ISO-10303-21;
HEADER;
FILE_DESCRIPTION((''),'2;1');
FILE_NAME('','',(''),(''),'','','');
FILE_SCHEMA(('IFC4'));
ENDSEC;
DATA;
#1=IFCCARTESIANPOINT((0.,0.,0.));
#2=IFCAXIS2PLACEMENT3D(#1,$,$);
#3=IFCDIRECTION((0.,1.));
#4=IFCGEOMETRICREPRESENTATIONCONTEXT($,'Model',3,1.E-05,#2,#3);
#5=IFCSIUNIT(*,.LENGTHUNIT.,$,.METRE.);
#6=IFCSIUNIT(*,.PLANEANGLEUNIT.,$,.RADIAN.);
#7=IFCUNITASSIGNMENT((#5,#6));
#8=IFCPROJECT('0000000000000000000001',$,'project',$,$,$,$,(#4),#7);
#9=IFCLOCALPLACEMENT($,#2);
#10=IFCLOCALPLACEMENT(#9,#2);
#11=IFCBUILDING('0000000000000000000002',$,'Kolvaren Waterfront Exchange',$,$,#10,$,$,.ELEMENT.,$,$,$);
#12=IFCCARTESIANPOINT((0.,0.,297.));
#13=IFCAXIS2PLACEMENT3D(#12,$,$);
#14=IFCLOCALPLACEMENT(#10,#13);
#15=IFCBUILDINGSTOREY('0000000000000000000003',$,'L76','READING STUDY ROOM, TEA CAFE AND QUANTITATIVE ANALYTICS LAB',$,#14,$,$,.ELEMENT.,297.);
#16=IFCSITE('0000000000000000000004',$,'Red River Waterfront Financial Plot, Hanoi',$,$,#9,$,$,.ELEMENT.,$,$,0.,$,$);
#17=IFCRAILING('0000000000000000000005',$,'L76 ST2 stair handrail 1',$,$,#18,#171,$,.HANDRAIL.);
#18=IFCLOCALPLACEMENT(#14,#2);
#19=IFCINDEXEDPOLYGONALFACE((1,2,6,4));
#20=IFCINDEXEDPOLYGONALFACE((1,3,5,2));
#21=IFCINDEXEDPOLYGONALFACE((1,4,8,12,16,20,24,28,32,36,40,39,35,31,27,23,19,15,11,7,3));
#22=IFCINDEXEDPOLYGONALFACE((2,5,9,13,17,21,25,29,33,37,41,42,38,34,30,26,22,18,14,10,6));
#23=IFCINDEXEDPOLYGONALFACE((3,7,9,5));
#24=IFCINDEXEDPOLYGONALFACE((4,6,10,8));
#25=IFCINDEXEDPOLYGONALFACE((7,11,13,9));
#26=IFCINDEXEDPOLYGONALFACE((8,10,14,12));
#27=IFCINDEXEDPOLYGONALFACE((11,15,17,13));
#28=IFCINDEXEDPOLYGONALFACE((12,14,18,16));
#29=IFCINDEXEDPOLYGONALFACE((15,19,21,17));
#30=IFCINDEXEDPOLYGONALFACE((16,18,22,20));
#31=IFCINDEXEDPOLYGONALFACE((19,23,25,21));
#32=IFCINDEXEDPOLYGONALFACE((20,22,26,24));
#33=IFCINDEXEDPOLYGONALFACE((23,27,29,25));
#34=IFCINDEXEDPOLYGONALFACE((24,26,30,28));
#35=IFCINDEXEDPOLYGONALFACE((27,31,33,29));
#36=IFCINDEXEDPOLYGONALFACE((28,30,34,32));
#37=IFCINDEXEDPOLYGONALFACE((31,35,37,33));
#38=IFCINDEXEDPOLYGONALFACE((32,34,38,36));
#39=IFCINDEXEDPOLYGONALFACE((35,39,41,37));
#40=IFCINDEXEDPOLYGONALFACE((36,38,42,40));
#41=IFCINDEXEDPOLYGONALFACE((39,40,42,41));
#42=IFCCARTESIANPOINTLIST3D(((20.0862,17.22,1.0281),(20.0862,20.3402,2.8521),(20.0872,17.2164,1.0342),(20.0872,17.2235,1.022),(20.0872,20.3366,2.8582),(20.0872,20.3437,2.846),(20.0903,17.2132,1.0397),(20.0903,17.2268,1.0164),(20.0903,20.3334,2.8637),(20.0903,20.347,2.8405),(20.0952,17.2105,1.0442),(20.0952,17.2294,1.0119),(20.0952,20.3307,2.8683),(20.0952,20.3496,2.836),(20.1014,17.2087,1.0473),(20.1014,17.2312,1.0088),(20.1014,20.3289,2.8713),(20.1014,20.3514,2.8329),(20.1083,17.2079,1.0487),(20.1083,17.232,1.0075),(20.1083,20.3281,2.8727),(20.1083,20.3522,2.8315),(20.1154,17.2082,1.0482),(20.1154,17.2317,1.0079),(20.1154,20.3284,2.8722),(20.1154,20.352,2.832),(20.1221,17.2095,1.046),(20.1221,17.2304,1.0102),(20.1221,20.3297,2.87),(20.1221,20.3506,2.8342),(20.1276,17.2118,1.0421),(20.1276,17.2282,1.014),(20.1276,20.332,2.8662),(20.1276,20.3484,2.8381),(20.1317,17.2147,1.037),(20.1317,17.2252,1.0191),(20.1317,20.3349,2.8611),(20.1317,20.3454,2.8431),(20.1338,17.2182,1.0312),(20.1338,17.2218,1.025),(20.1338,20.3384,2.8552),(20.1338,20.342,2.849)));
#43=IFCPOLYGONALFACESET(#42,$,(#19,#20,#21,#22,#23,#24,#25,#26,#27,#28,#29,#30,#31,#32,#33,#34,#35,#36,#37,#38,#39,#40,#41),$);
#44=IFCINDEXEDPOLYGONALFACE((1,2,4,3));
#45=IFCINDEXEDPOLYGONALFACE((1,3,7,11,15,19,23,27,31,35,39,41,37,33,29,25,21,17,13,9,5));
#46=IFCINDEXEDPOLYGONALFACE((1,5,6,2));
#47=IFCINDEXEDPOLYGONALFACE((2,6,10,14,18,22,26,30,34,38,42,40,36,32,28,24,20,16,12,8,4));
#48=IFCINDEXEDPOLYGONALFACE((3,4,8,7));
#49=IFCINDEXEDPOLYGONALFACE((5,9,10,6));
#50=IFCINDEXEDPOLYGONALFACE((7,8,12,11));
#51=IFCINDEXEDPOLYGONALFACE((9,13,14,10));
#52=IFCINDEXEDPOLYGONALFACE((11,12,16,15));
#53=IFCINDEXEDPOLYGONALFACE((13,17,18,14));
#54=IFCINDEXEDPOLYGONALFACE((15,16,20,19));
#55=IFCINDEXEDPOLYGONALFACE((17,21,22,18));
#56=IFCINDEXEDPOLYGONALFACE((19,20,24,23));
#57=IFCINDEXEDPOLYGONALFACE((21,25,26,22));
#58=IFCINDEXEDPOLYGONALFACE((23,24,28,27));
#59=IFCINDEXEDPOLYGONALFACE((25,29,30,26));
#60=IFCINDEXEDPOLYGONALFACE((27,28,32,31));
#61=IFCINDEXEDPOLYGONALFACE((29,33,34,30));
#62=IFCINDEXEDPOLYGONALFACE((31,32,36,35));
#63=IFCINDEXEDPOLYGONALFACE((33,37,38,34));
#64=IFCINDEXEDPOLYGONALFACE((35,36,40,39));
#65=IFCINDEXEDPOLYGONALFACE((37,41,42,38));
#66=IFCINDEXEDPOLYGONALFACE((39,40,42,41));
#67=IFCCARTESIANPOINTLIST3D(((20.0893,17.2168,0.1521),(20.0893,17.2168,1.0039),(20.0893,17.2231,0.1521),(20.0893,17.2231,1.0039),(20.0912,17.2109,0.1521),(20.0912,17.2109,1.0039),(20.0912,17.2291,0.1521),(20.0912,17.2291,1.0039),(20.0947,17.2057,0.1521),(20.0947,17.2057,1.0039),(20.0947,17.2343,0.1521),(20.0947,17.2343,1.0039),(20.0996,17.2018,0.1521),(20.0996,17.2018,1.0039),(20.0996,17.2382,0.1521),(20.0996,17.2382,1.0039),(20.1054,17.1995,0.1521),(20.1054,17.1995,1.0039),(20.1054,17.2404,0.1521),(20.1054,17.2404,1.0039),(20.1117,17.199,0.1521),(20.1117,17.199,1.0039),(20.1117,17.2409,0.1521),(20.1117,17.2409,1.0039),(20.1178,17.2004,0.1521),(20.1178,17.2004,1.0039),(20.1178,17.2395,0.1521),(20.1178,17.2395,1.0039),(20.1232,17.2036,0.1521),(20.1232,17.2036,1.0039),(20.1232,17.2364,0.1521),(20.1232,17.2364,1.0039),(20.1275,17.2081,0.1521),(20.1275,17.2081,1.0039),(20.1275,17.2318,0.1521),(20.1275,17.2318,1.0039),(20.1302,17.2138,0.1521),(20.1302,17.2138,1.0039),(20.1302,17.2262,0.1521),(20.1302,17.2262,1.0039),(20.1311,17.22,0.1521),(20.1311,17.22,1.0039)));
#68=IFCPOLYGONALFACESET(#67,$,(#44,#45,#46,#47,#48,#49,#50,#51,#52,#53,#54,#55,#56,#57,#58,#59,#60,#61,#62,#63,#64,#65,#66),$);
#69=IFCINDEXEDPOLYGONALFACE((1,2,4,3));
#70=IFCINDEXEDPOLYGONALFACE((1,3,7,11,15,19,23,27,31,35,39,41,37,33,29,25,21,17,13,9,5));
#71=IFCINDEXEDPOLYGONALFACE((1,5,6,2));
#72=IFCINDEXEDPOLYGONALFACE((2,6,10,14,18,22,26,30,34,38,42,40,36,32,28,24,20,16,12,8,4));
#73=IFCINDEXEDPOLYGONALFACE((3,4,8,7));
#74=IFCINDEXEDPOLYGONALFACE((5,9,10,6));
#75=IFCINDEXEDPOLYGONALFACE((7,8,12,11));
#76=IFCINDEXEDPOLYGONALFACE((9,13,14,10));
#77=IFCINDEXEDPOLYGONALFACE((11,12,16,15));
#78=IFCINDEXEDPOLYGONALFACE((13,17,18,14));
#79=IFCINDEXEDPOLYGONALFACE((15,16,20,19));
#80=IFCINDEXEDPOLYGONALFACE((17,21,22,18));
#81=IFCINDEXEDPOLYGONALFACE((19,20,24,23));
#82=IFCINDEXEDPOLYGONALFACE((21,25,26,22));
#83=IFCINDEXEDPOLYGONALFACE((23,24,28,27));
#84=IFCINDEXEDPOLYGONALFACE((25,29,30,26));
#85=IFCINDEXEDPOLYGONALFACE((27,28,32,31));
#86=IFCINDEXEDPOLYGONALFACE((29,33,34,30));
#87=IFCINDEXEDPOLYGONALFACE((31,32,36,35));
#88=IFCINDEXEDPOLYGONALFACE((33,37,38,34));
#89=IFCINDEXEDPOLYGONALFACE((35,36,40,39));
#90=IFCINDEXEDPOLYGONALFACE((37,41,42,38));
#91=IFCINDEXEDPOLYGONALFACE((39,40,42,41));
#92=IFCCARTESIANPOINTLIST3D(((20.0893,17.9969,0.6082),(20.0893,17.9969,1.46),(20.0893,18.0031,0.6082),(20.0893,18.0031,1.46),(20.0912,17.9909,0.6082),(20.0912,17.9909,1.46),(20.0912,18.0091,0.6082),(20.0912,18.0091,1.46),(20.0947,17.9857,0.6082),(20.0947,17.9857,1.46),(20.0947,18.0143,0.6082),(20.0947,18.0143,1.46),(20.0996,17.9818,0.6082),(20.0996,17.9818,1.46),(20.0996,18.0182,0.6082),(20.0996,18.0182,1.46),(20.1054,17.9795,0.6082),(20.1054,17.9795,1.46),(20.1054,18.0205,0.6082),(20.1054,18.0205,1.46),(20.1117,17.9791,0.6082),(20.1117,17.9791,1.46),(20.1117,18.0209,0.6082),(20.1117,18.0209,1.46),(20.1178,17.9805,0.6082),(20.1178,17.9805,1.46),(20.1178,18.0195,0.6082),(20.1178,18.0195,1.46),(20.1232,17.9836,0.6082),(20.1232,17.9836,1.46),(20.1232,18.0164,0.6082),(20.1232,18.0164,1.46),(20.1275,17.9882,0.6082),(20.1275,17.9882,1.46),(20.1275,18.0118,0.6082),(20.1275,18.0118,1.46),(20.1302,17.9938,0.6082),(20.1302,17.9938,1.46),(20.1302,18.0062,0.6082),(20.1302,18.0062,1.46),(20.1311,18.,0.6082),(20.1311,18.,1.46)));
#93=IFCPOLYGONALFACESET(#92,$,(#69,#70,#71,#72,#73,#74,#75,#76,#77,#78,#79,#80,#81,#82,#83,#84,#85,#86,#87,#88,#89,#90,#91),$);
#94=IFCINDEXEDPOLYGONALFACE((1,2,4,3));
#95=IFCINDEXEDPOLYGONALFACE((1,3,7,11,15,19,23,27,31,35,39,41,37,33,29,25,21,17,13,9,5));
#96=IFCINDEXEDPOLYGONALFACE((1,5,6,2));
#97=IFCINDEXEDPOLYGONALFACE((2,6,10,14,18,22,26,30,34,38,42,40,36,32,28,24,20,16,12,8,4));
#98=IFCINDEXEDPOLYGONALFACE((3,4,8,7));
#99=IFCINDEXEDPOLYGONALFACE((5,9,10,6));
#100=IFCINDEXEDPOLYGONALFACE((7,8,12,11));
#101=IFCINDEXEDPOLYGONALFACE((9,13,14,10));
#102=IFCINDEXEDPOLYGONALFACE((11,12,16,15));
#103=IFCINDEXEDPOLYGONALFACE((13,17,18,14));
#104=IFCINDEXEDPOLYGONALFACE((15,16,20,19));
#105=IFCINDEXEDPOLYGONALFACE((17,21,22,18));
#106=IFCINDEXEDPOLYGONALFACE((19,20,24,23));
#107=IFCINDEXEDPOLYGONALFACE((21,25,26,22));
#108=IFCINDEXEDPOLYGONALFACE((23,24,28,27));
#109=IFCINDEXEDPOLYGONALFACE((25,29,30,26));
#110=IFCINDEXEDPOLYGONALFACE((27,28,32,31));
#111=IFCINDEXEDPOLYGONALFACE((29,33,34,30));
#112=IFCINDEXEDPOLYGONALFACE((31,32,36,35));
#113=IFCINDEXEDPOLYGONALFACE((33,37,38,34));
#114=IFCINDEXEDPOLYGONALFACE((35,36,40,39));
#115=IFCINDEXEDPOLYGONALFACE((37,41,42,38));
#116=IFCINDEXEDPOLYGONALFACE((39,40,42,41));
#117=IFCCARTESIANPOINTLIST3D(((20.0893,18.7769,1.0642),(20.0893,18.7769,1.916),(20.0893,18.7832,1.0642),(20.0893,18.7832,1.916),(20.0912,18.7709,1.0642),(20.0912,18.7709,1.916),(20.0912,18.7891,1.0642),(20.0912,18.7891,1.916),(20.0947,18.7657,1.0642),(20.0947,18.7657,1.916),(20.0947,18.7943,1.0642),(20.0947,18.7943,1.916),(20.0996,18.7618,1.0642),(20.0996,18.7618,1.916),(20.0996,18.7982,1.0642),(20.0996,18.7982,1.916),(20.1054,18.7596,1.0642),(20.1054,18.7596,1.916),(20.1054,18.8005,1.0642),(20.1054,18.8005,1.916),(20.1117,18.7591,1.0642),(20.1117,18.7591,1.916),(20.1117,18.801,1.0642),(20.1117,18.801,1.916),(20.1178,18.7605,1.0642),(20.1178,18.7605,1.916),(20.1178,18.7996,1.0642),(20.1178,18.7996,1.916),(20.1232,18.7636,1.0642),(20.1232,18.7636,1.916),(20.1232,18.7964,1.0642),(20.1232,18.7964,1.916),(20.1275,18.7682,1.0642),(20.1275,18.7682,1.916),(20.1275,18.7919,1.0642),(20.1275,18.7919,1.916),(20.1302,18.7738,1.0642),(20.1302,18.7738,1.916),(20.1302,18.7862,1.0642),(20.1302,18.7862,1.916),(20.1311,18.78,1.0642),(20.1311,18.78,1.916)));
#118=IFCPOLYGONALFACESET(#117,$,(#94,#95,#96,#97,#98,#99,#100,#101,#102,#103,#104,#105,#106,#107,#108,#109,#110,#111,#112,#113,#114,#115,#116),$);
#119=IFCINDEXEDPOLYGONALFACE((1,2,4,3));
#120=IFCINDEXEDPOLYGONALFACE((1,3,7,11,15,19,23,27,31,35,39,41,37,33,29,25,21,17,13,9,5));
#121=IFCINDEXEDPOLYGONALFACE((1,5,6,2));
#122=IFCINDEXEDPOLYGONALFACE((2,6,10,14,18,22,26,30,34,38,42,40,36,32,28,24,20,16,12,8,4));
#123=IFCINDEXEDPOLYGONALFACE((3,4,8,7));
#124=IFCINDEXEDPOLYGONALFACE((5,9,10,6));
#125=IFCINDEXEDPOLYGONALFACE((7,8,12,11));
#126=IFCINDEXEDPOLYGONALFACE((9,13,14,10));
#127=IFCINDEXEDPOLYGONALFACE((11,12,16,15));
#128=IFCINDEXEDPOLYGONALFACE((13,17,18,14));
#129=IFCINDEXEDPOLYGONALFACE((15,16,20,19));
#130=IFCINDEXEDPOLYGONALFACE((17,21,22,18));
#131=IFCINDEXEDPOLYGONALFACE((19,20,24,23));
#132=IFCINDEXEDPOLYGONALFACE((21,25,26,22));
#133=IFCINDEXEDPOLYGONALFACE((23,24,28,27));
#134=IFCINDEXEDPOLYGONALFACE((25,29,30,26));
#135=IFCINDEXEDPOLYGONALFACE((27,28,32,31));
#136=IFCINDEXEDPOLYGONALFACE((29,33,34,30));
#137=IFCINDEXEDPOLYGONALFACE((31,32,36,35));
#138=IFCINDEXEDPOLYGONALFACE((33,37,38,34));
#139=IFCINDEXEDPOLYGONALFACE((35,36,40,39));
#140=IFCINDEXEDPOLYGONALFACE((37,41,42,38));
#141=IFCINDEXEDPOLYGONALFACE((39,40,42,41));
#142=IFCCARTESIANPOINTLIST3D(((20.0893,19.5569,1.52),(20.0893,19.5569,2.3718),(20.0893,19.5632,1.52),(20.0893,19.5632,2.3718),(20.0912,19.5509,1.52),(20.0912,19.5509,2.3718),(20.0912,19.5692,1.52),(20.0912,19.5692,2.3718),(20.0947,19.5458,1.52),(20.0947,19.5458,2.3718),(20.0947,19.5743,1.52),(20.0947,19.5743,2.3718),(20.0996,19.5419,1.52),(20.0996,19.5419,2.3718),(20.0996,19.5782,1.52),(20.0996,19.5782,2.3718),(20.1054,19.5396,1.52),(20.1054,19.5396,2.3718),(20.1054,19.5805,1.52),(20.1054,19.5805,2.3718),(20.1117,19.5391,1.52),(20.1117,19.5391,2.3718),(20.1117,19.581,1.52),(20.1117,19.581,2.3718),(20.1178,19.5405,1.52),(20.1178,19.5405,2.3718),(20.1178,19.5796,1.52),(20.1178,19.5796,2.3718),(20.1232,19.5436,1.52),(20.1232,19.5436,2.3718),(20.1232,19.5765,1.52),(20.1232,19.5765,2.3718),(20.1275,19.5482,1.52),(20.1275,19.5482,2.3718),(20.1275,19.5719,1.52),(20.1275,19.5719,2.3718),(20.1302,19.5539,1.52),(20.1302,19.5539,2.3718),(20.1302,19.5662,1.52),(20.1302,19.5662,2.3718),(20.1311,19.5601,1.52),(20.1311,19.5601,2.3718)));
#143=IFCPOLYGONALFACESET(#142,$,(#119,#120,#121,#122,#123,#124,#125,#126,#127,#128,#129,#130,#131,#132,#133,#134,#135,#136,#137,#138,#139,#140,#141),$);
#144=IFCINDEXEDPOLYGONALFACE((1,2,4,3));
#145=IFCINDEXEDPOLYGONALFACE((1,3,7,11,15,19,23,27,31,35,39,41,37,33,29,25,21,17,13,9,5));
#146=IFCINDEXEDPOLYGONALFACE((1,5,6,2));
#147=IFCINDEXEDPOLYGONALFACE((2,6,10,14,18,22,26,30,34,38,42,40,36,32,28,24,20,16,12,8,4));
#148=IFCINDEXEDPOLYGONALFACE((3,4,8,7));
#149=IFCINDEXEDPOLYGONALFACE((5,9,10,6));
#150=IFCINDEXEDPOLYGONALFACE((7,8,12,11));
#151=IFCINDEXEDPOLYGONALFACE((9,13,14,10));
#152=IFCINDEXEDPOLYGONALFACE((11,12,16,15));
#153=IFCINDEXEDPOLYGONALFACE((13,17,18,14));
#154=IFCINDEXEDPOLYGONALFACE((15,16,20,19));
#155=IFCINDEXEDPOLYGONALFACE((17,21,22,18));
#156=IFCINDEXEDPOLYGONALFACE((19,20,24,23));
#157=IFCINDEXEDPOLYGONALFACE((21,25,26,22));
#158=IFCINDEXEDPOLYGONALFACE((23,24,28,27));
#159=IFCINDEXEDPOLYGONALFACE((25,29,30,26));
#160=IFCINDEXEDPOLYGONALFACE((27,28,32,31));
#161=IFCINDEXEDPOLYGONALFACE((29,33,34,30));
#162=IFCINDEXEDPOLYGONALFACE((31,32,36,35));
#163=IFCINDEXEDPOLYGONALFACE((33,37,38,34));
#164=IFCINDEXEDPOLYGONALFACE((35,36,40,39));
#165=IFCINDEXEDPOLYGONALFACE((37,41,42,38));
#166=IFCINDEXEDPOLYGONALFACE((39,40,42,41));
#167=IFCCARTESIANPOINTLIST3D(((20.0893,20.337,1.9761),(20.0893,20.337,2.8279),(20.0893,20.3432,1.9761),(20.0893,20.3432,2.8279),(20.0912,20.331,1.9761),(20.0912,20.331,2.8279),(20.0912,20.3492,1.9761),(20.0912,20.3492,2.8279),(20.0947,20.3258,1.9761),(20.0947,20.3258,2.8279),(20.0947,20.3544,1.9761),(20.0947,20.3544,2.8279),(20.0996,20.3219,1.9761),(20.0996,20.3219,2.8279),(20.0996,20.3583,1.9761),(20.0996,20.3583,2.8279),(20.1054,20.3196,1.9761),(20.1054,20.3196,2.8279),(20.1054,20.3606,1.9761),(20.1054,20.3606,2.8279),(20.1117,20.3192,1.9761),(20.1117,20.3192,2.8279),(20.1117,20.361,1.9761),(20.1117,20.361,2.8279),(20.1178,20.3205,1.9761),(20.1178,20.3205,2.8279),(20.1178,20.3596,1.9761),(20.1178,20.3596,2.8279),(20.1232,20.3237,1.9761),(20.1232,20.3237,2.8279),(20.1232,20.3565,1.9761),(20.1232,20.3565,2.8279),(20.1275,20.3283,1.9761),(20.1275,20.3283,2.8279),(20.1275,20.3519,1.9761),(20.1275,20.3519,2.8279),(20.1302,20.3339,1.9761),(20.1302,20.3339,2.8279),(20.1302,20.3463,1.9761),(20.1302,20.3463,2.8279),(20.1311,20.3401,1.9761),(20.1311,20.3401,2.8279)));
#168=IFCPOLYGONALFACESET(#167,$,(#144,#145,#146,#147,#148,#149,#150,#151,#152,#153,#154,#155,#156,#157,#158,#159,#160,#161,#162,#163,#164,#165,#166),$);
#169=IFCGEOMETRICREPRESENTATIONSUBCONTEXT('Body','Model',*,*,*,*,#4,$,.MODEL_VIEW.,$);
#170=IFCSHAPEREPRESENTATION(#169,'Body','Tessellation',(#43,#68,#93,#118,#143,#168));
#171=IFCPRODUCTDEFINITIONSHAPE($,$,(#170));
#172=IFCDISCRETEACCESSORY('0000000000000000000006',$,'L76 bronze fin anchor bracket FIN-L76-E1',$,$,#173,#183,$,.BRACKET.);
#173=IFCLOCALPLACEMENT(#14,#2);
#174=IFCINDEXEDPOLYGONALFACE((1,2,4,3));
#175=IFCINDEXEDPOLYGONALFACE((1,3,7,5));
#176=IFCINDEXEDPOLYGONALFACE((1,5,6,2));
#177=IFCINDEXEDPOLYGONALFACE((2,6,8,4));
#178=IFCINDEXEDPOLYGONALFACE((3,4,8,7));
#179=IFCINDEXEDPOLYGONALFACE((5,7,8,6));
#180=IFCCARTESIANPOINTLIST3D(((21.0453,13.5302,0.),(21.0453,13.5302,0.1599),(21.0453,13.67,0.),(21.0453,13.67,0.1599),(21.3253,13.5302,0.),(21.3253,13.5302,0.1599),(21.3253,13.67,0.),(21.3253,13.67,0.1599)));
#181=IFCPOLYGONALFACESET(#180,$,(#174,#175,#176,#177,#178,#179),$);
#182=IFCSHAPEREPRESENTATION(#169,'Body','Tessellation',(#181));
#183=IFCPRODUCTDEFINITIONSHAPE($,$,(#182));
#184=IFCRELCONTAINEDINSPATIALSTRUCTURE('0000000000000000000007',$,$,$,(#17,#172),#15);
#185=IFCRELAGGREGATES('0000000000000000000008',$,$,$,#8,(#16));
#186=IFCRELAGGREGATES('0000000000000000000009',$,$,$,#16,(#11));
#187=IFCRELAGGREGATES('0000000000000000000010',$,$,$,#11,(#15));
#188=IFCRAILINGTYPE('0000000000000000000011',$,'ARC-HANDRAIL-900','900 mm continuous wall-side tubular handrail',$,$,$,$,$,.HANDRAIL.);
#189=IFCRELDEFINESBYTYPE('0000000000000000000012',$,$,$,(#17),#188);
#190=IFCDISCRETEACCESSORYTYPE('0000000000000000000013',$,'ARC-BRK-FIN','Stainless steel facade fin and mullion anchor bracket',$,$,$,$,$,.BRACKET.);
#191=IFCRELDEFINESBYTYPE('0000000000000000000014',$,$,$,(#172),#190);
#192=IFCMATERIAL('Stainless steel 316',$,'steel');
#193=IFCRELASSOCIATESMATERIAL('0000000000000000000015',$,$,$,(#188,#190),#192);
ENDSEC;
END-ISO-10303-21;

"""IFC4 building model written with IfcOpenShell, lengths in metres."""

from ifc_helpers import new_model, si_unit, direction, frame, origin, origin_with_axes, origin_2d, place, context, subcontext, project, spatial, rectangle, circle, extrude, source, transform, mapped, material, type_object, element, save


model = new_model("IFC4")

# Units and contexts
model_context = context("Model", 3, precision=1e-05, world=origin(), true_north=direction((0.0, 1.0)))
body_context = subcontext(model_context, "Body", "Model", "MODEL_VIEW")
ifc_project = project(units=[si_unit("LENGTHUNIT", "METRE"), si_unit("PLANEANGLEUNIT", "RADIAN")], contexts=[model_context])

# Site, building, storey
site_placement = place(None, origin())
site = spatial("IfcSite", under=ifc_project, at=site_placement, Name="Red River Waterfront Financial Plot, Hanoi", CompositionType="ELEMENT", RefElevation=0.0)
building_placement = place(site_placement, origin())
building = spatial("IfcBuilding", under=site, at=building_placement, Name="Kolvaren Waterfront Exchange", CompositionType="ELEMENT")
storey_placement = place(building_placement, frame((0.0, 0.0, 297.0)))
storey = spatial("IfcBuildingStorey", under=building, at=storey_placement, Name="L76", Description="READING STUDY ROOM, TEA CAFE AND QUANTITATIVE ANALYTICS LAB", CompositionType="ELEMENT", Elevation=297.0)

# Railing
ifc_material_1 = material(Name="Stainless steel 316", Category="steel")
railing_type_1 = type_object("IfcRailingType", Name="ARC-HANDRAIL-900", Description="900 mm continuous wall-side tubular handrail", PredefinedType="HANDRAIL", material=ifc_material_1)
railing_1_placement = place(storey_placement, frame((20.1101, 17.22, 0.1521)))
element("IfcRailing", 1, at=railing_1_placement, inside=storey, type_object=railing_type_1, Name="L76 ST2 stair handrail 1", PredefinedType="HANDRAIL", context=body_context, shape_type="SweptSolid", body=[
    extrude(circle(Radius=0.0239, at=origin_2d()), frame((0.0, 0.0, 0.876), z_axis=(0.0, 0.863308, 0.504677), x_axis=(-1.0, 0.0, 0.0)), (0.0, 0.0, 1.0), 3.6143),
    extrude(circle(Radius=0.021, at=origin_2d()), origin(), (0.0, 0.0, 1.0), 0.8518),
    extrude(circle(Radius=0.021, at=origin_2d()), frame((0.0, 0.78, 0.4561)), (0.0, 0.0, 1.0), 0.8518),
    extrude(circle(Radius=0.021, at=origin_2d()), frame((0.0, 1.5601, 0.9121)), (0.0, 0.0, 1.0), 0.8518),
    extrude(circle(Radius=0.021, at=origin_2d()), frame((0.0, 2.3401, 1.3679)), (0.0, 0.0, 1.0), 0.8518),
    extrude(circle(Radius=0.021, at=origin_2d()), frame((0.0, 3.1201, 1.824)), (0.0, 0.0, 1.0), 0.8518),
])

# Discrete accessory
discrete_accessory_type = type_object("IfcDiscreteAccessoryType", Name="ARC-BRK-FIN", Description="Stainless steel facade fin and mullion anchor bracket", PredefinedType="BRACKET", material=ifc_material_1)
shared_shape = source(origin_with_axes(), body_context, "Body", "SweptSolid", [
    extrude(rectangle(XDim=0.28, YDim=0.1399, at=origin_2d()), origin(), (0.0, 0.0, 1.0), 0.1599),
])
discrete_accessory_placement = place(storey_placement, frame((21.1853, 13.6001, 0.0), z_axis=(0.0, 0.0, 1.0), x_axis=(1.0, 0.0, 0.0)))
element("IfcDiscreteAccessory", 2, at=discrete_accessory_placement, inside=storey, type_object=discrete_accessory_type, Name="L76 bronze fin anchor bracket FIN-L76-E1", PredefinedType="BRACKET", context=body_context, shape_type="MappedRepresentation", body=[
    mapped(shared_shape, transform((0.0, 0.0, 0.0), x_axis=(1.0, 0.0, 0.0), y_axis=(0.0, 1.0, 0.0), z_axis=(0.0, 0.0, 1.0), scale=1.0)),
])

save(model, "model.ifc")
